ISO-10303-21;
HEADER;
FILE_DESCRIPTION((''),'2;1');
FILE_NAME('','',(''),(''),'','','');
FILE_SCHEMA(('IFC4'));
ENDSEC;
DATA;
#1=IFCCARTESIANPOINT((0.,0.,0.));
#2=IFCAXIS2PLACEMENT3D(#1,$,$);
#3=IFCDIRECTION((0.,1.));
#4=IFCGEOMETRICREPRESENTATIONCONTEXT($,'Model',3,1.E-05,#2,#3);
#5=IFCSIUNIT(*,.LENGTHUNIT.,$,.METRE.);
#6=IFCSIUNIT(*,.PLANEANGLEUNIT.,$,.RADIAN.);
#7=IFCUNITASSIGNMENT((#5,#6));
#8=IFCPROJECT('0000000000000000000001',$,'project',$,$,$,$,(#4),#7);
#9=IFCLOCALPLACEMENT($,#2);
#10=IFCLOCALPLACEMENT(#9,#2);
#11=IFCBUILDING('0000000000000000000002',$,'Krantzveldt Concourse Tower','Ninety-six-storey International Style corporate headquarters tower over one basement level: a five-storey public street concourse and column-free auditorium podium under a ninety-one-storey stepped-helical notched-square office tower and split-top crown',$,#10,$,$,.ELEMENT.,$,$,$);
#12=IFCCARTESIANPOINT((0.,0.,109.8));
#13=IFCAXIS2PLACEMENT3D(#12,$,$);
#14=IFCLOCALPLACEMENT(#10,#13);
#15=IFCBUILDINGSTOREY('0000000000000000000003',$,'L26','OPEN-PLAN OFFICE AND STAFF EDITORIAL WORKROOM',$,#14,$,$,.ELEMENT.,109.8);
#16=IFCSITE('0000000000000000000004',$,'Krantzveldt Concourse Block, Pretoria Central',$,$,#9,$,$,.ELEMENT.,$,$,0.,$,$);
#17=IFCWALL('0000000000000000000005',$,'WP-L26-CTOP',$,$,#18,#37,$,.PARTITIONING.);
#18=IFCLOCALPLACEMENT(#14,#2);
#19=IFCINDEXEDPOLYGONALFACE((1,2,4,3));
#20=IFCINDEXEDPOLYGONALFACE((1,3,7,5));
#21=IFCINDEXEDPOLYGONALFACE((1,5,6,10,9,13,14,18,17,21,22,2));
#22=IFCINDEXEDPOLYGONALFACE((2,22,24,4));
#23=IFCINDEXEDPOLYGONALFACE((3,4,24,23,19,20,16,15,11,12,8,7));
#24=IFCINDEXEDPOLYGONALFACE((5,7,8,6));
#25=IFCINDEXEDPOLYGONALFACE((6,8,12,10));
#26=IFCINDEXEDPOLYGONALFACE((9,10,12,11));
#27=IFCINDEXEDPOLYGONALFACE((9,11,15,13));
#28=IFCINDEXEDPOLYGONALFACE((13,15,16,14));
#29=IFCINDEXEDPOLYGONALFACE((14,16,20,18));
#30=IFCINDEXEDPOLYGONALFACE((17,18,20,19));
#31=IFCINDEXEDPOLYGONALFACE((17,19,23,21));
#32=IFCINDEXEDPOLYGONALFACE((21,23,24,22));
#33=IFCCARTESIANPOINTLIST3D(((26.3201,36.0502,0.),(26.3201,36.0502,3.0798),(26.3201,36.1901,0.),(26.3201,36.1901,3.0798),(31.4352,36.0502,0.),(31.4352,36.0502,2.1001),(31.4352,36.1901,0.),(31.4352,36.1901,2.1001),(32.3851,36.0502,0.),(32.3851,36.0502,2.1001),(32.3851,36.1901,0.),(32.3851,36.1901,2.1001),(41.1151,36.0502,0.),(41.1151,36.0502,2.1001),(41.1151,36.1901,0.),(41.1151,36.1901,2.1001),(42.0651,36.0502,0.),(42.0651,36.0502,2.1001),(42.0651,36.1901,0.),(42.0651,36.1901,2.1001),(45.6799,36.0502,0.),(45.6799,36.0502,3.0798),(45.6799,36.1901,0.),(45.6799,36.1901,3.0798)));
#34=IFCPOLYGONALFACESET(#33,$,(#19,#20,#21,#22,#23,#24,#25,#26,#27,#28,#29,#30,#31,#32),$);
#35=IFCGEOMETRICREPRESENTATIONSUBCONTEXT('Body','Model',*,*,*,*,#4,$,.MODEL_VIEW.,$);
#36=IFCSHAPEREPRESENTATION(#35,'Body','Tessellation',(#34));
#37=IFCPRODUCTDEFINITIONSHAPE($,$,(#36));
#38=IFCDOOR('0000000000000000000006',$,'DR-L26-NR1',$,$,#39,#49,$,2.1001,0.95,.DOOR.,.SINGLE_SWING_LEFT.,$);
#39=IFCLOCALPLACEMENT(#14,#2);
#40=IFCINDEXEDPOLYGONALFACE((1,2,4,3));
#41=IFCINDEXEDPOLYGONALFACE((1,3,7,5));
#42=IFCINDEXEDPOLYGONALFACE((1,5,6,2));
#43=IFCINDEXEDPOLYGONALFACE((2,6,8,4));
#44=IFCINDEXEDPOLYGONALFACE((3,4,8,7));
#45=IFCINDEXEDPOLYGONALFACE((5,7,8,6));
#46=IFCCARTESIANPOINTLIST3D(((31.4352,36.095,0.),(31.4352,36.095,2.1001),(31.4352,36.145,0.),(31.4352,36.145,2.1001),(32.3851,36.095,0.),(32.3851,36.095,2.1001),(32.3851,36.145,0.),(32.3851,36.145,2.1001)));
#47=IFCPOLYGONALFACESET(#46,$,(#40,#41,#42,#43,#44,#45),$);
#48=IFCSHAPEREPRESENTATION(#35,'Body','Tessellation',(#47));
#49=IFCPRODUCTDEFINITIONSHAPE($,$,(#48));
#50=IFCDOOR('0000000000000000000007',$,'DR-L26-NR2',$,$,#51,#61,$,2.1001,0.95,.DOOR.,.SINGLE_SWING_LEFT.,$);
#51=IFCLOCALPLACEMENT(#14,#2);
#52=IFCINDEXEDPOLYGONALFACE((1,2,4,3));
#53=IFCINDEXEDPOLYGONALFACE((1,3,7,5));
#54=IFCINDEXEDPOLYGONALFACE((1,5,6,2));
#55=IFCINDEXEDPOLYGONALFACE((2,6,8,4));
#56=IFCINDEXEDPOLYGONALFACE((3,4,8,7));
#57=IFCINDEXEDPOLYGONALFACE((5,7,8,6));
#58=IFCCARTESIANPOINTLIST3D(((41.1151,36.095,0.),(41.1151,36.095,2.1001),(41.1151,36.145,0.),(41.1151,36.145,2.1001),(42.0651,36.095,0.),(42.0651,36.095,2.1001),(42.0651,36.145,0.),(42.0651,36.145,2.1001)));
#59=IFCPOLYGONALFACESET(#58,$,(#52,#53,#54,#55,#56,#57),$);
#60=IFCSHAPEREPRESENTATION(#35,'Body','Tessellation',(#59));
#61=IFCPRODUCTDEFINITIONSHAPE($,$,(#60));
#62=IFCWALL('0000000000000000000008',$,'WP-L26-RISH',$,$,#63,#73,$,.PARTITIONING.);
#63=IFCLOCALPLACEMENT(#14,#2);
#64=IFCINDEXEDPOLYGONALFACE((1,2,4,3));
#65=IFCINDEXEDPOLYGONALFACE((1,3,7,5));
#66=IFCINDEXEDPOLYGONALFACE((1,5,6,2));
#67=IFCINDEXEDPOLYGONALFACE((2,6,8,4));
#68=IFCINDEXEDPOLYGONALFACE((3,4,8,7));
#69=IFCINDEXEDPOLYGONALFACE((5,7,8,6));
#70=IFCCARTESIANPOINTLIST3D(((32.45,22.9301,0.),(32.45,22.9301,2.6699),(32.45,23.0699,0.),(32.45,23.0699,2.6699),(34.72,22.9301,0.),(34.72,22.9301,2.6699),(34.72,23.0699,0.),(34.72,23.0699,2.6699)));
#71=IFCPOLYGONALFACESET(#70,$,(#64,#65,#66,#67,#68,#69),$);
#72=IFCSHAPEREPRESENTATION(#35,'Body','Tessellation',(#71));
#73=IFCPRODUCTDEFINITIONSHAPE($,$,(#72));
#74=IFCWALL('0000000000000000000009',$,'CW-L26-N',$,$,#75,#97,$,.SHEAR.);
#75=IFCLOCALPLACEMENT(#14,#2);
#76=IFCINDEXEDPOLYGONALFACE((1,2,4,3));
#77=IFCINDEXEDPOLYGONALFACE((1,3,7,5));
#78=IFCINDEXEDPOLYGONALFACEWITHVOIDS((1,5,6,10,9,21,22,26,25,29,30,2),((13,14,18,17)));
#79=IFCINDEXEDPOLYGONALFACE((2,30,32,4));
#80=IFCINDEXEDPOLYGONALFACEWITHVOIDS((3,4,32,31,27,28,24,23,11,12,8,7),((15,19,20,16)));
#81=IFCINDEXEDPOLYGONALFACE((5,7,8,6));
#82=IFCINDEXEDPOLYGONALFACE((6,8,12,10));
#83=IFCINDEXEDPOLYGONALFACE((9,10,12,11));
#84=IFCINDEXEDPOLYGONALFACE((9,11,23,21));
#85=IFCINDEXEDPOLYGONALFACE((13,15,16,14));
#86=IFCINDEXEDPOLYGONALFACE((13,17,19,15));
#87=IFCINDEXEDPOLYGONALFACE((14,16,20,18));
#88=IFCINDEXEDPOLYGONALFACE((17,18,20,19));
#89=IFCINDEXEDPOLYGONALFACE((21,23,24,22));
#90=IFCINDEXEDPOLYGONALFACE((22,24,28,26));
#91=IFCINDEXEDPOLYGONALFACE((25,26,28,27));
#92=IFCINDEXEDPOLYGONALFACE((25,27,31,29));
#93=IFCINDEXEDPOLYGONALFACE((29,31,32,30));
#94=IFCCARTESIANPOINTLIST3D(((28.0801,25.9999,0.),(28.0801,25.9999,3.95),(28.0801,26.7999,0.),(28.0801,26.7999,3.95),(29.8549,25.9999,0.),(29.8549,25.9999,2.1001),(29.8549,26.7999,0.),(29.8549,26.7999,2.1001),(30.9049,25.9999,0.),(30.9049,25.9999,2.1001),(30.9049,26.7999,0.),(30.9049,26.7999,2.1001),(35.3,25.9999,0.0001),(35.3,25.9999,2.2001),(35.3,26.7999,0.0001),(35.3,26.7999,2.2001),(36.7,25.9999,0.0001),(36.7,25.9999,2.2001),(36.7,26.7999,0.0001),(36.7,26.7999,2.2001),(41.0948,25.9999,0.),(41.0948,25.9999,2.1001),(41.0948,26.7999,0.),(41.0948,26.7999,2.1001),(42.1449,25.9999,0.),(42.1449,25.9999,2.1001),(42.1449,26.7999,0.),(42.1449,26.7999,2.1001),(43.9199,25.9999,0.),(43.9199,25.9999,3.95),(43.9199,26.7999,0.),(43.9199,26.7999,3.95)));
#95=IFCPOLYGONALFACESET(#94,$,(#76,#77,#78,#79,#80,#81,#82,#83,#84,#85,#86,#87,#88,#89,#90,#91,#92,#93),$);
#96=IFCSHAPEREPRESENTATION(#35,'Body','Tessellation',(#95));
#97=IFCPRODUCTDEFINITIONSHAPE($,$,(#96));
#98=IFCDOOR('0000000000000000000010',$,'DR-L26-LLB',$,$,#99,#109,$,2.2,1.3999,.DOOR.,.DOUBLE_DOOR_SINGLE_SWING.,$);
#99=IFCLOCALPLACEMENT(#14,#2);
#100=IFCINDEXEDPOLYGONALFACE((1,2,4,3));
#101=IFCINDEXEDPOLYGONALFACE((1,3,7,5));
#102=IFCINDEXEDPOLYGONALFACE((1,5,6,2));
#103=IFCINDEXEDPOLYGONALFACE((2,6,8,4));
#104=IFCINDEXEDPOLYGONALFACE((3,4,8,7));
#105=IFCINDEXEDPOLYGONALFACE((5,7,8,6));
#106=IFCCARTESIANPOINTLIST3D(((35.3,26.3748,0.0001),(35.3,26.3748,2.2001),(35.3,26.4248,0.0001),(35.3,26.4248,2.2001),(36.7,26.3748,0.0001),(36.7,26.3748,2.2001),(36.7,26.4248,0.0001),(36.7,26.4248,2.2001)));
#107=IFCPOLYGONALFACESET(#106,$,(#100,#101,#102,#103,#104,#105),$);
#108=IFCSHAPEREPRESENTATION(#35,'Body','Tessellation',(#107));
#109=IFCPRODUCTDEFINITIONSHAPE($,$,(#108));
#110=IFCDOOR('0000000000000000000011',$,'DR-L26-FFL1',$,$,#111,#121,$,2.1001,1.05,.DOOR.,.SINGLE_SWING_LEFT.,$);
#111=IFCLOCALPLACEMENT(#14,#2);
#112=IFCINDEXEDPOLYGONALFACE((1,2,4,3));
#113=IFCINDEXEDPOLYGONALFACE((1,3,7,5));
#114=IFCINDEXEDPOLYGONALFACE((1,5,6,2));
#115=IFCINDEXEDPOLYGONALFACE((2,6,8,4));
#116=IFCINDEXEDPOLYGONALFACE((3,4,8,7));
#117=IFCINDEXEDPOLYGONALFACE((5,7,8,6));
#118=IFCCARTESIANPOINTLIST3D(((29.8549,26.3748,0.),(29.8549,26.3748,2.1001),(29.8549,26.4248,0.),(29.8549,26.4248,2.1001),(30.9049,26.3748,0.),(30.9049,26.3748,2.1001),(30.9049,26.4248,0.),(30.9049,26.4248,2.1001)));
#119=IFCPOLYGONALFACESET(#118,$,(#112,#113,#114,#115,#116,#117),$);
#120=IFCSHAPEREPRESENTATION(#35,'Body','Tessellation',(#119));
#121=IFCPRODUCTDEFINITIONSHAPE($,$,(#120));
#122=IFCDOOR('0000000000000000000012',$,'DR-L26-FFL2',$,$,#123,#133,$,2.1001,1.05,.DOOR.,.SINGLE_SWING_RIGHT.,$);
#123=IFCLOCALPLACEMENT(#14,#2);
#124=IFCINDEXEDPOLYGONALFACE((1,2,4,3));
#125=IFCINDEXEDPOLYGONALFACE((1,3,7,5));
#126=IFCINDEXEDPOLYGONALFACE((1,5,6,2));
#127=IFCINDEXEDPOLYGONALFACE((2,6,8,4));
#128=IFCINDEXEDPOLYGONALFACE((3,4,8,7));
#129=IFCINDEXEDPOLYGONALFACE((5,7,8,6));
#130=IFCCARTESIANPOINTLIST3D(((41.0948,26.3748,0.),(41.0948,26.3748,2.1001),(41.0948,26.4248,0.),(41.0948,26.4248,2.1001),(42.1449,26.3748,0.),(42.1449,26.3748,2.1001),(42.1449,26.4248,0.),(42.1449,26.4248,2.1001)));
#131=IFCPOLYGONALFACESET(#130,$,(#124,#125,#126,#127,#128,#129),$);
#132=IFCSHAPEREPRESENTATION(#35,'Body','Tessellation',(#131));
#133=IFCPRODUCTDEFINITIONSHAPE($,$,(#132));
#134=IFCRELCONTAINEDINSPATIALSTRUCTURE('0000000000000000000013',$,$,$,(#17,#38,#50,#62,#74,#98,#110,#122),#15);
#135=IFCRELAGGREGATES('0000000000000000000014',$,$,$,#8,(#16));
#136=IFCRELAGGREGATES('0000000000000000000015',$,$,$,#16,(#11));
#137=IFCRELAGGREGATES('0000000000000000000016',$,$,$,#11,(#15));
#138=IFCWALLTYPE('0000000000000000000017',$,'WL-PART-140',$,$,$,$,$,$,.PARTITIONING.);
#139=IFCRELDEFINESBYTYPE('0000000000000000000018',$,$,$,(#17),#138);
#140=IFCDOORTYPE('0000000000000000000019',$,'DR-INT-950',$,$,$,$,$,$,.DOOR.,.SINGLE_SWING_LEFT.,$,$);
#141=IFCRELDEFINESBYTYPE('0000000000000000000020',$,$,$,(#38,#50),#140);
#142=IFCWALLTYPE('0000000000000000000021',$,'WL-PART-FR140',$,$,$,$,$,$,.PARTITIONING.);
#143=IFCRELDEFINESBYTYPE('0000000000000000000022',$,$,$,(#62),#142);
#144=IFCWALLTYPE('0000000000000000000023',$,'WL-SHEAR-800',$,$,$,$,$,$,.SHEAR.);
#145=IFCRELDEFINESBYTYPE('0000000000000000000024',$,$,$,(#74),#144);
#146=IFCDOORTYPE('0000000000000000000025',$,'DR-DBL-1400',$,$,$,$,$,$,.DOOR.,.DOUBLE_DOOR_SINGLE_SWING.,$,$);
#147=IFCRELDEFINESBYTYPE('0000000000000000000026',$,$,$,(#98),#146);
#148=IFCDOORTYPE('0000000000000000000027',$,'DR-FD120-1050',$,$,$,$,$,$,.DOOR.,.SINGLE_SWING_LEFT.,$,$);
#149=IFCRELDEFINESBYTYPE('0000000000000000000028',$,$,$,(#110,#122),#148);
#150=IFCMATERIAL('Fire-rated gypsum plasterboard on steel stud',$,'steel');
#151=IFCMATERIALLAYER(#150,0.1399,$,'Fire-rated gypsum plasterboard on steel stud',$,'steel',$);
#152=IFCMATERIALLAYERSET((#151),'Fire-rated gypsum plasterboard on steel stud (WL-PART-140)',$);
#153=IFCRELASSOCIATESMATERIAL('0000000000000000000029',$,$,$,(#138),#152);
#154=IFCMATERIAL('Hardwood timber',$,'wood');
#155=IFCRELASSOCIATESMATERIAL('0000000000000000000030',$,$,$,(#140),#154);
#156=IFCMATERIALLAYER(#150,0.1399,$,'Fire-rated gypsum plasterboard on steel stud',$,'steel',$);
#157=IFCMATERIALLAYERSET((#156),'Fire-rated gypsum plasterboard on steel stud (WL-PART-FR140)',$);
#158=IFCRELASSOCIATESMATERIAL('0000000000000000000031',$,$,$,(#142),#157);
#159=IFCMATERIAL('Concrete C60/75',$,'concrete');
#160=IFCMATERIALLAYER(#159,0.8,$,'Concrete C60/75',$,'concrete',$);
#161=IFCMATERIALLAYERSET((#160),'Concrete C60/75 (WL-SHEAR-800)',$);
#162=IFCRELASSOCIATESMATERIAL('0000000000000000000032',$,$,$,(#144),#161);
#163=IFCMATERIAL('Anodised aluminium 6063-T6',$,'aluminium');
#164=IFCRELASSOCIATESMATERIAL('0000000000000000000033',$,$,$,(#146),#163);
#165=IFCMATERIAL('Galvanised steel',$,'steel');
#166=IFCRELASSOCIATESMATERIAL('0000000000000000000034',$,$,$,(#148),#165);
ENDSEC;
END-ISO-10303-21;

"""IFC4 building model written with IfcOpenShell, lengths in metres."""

from ifc_helpers import new_model, si_unit, direction, frame, frame_2d, origin, place, context, subcontext, project, spatial, rectangle, extrude, material, layer, layer_set, type_object, element, fill, save


model = new_model("IFC4")

# Units and contexts
model_context = context("Model", 3, precision=1e-05, world=origin(), true_north=direction((0.0, 1.0)))
body_context = subcontext(model_context, "Body", "Model", "MODEL_VIEW")
ifc_project = project(units=[si_unit("LENGTHUNIT", "METRE"), si_unit("PLANEANGLEUNIT", "RADIAN")], contexts=[model_context])

# Site, building, storey
site_placement = place(None, origin())
site = spatial("IfcSite", under=ifc_project, at=site_placement, Name="Krantzveldt Concourse Block, Pretoria Central", CompositionType="ELEMENT", RefElevation=0.0)
building_placement = place(site_placement, origin())
building = spatial("IfcBuilding", under=site, at=building_placement, Name="Krantzveldt Concourse Tower", Description="Ninety-six-storey International Style corporate headquarters tower over one basement level: a five-storey public street concourse and column-free auditorium podium under a ninety-one-storey stepped-helical notched-square office tower and split-top crown", CompositionType="ELEMENT")
storey_placement = place(building_placement, frame((0.0, 0.0, 109.8)))
storey = spatial("IfcBuildingStorey", under=building, at=storey_placement, Name="L26", Description="OPEN-PLAN OFFICE AND STAFF EDITORIAL WORKROOM", CompositionType="ELEMENT", Elevation=109.8)

# Shared definitions
ifc_material_1 = material(Name="Fire-rated gypsum plasterboard on steel stud", Category="steel")

# Shared definitions
ifc_layer_1 = layer(ifc_material_1, 0.1399, Name="Fire-rated gypsum plasterboard on steel stud", Category="steel")
ifc_layer_set_1 = layer_set([ifc_layer_1], Name="Fire-rated gypsum plasterboard on steel stud (WL-PART-140)")
wall_type_1 = type_object("IfcWallType", Name="WL-PART-140", PredefinedType="PARTITIONING", material=ifc_layer_set_1)
ifc_material_2 = material(Name="Hardwood timber", Category="wood")

# Shared definitions
door_type_1 = type_object("IfcDoorType", Name="DR-INT-950", OperationType="SINGLE_SWING_LEFT", PredefinedType="DOOR", material=ifc_material_2)

# Wall, openings, doors
wall_1_placement = place(storey_placement, frame((26.3201, 36.1201, 0.0), z_axis=(0.0, 0.0, 1.0), x_axis=(1.0, 0.0, 0.0)))
wall_1 = element("IfcWall", 1, at=wall_1_placement, inside=storey, type_object=wall_type_1, Name="WP-L26-CTOP", PredefinedType="PARTITIONING", context=body_context, shape_type="SweptSolid", body=[
    extrude(rectangle(XDim=19.3599, YDim=0.1399, at=frame_2d((9.6799, 0.0))), origin(), (0.0, 0.0, 1.0), 3.0798),
])
opening_1_placement = place(wall_1_placement, frame((5.115, 0.0, 0.0)))
opening_1 = element("IfcOpeningElement", 2, at=opening_1_placement, cuts=wall_1, PredefinedType="OPENING", context=body_context, shape_type="SweptSolid", body=[
    extrude(rectangle(XDim=0.95, YDim=2.1001, at=frame_2d((0.4751, 1.05))), frame((0.0, 0.0801, 0.0), z_axis=(0.0, -1.0, 0.0), x_axis=(1.0, 0.0, 0.0)), (0.0, 0.0, 1.0), 0.1599),
])
opening_2_placement = place(wall_1_placement, frame((14.7949, 0.0, 0.0)))
opening_2 = element("IfcOpeningElement", 3, at=opening_2_placement, cuts=wall_1, PredefinedType="OPENING", context=body_context, shape_type="SweptSolid", body=[
    extrude(rectangle(XDim=0.95, YDim=2.1001, at=frame_2d((0.4751, 1.05))), frame((0.0, 0.0801, 0.0), z_axis=(0.0, -1.0, 0.0), x_axis=(1.0, 0.0, 0.0)), (0.0, 0.0, 1.0), 0.1599),
])
door_1_placement = place(opening_1_placement, origin())
door_1 = element("IfcDoor", 4, at=door_1_placement, inside=storey, type_object=door_type_1, Name="DR-L26-NR1", OperationType="SINGLE_SWING_LEFT", OverallHeight=2.1001, OverallWidth=0.95, PredefinedType="DOOR", context=body_context, shape_type="SweptSolid", body=[
    extrude(rectangle(XDim=0.95, YDim=2.1001, at=frame_2d((0.4751, 1.05))), frame((0.0, 0.0249, 0.0), z_axis=(0.0, -1.0, 0.0), x_axis=(1.0, 0.0, 0.0)), (0.0, 0.0, 1.0), 0.05),
])
fill(opening_1, door_1)
door_2_placement = place(opening_2_placement, origin())
door_2 = element("IfcDoor", 5, at=door_2_placement, inside=storey, type_object=door_type_1, Name="DR-L26-NR2", OperationType="SINGLE_SWING_LEFT", OverallHeight=2.1001, OverallWidth=0.95, PredefinedType="DOOR", context=body_context, shape_type="SweptSolid", body=[
    extrude(rectangle(XDim=0.95, YDim=2.1001, at=frame_2d((0.4751, 1.05))), frame((0.0, 0.0249, 0.0), z_axis=(0.0, -1.0, 0.0), x_axis=(1.0, 0.0, 0.0)), (0.0, 0.0, 1.0), 0.05),
])
fill(opening_2, door_2)

# Wall
ifc_layer_2 = layer(ifc_material_1, 0.1399, Name="Fire-rated gypsum plasterboard on steel stud", Category="steel")
ifc_layer_set_2 = layer_set([ifc_layer_2], Name="Fire-rated gypsum plasterboard on steel stud (WL-PART-FR140)")
wall_type_2 = type_object("IfcWallType", Name="WL-PART-FR140", PredefinedType="PARTITIONING", material=ifc_layer_set_2)
wall_2_placement = place(storey_placement, frame((32.45, 23.0, 0.0), z_axis=(0.0, 0.0, 1.0), x_axis=(1.0, 0.0, 0.0)))
element("IfcWall", 6, at=wall_2_placement, inside=storey, type_object=wall_type_2, Name="WP-L26-RISH", PredefinedType="PARTITIONING", context=body_context, shape_type="SweptSolid", body=[
    extrude(rectangle(XDim=2.27, YDim=0.1399, at=frame_2d((1.135, 0.0))), origin(), (0.0, 0.0, 1.0), 2.6699),
])

# Wall, openings, doors
ifc_material_3 = material(Name="Concrete C60/75", Category="concrete")
ifc_layer_3 = layer(ifc_material_3, 0.8, Name="Concrete C60/75", Category="concrete")
ifc_layer_set_3 = layer_set([ifc_layer_3], Name="Concrete C60/75 (WL-SHEAR-800)")
wall_type_3 = type_object("IfcWallType", Name="WL-SHEAR-800", PredefinedType="SHEAR", material=ifc_layer_set_3)
wall_3_placement = place(storey_placement, frame((28.0801, 26.3999, 0.0), z_axis=(0.0, 0.0, 1.0), x_axis=(1.0, 0.0, 0.0)))
wall_3 = element("IfcWall", 7, at=wall_3_placement, inside=storey, type_object=wall_type_3, Name="CW-L26-N", PredefinedType="SHEAR", context=body_context, shape_type="SweptSolid", body=[
    extrude(rectangle(XDim=15.8398, YDim=0.8, at=frame_2d((7.9199, 0.0))), origin(), (0.0, 0.0, 1.0), 3.95),
])
opening_3_placement = place(wall_3_placement, frame((7.22, 0.0, 0.0)))
opening_3 = element("IfcOpeningElement", 8, at=opening_3_placement, cuts=wall_3, PredefinedType="OPENING", context=body_context, shape_type="SweptSolid", body=[
    extrude(rectangle(XDim=1.3999, YDim=2.2, at=frame_2d((0.7, 1.1001))), frame((0.0, 0.4102, 0.0), z_axis=(0.0, -1.0, 0.0), x_axis=(1.0, 0.0, 0.0)), (0.0, 0.0, 1.0), 0.8201),
])
opening_4_placement = place(wall_3_placement, frame((1.7749, 0.0, 0.0)))
opening_4 = element("IfcOpeningElement", 9, at=opening_4_placement, cuts=wall_3, PredefinedType="OPENING", context=body_context, shape_type="SweptSolid", body=[
    extrude(rectangle(XDim=1.05, YDim=2.1001, at=frame_2d((0.5249, 1.05))), frame((0.0, 0.4102, 0.0), z_axis=(0.0, -1.0, 0.0), x_axis=(1.0, 0.0, 0.0)), (0.0, 0.0, 1.0), 0.8201),
])
opening_5_placement = place(wall_3_placement, frame((13.0149, 0.0, 0.0)))
opening_5 = element("IfcOpeningElement", 10, at=opening_5_placement, cuts=wall_3, PredefinedType="OPENING", context=body_context, shape_type="SweptSolid", body=[
    extrude(rectangle(XDim=1.05, YDim=2.1001, at=frame_2d((0.5249, 1.05))), frame((0.0, 0.4102, 0.0), z_axis=(0.0, -1.0, 0.0), x_axis=(1.0, 0.0, 0.0)), (0.0, 0.0, 1.0), 0.8201),
])
ifc_material_4 = material(Name="Anodised aluminium 6063-T6", Category="aluminium")
door_type_2 = type_object("IfcDoorType", Name="DR-DBL-1400", OperationType="DOUBLE_DOOR_SINGLE_SWING", PredefinedType="DOOR", material=ifc_material_4)
door_3_placement = place(opening_3_placement, origin())
door_3 = element("IfcDoor", 11, at=door_3_placement, inside=storey, type_object=door_type_2, Name="DR-L26-LLB", OperationType="DOUBLE_DOOR_SINGLE_SWING", OverallHeight=2.2, OverallWidth=1.3999, PredefinedType="DOOR", context=body_context, shape_type="SweptSolid", body=[
    extrude(rectangle(XDim=1.3999, YDim=2.2, at=frame_2d((0.7, 1.1001))), frame((0.0, 0.0249, 0.0), z_axis=(0.0, -1.0, 0.0), x_axis=(1.0, 0.0, 0.0)), (0.0, 0.0, 1.0), 0.05),
])
fill(opening_3, door_3)
ifc_material_5 = material(Name="Galvanised steel", Category="steel")
door_type_3 = type_object("IfcDoorType", Name="DR-FD120-1050", OperationType="SINGLE_SWING_LEFT", PredefinedType="DOOR", material=ifc_material_5)
door_4_placement = place(opening_4_placement, origin())
door_4 = element("IfcDoor", 12, at=door_4_placement, inside=storey, type_object=door_type_3, Name="DR-L26-FFL1", OperationType="SINGLE_SWING_LEFT", OverallHeight=2.1001, OverallWidth=1.05, PredefinedType="DOOR", context=body_context, shape_type="SweptSolid", body=[
    extrude(rectangle(XDim=1.05, YDim=2.1001, at=frame_2d((0.5249, 1.05))), frame((0.0, 0.0249, 0.0), z_axis=(0.0, -1.0, 0.0), x_axis=(1.0, 0.0, 0.0)), (0.0, 0.0, 1.0), 0.05),
])
fill(opening_4, door_4)
door_5_placement = place(opening_5_placement, origin())
door_5 = element("IfcDoor", 13, at=door_5_placement, inside=storey, type_object=door_type_3, Name="DR-L26-FFL2", OperationType="SINGLE_SWING_RIGHT", OverallHeight=2.1001, OverallWidth=1.05, PredefinedType="DOOR", context=body_context, shape_type="SweptSolid", body=[
    extrude(rectangle(XDim=1.05, YDim=2.1001, at=frame_2d((0.5249, 1.05))), frame((0.0, 0.0249, 0.0), z_axis=(0.0, -1.0, 0.0), x_axis=(1.0, 0.0, 0.0)), (0.0, 0.0, 1.0), 0.05),
])
fill(opening_5, door_5)

save(model, "model.ifc")
